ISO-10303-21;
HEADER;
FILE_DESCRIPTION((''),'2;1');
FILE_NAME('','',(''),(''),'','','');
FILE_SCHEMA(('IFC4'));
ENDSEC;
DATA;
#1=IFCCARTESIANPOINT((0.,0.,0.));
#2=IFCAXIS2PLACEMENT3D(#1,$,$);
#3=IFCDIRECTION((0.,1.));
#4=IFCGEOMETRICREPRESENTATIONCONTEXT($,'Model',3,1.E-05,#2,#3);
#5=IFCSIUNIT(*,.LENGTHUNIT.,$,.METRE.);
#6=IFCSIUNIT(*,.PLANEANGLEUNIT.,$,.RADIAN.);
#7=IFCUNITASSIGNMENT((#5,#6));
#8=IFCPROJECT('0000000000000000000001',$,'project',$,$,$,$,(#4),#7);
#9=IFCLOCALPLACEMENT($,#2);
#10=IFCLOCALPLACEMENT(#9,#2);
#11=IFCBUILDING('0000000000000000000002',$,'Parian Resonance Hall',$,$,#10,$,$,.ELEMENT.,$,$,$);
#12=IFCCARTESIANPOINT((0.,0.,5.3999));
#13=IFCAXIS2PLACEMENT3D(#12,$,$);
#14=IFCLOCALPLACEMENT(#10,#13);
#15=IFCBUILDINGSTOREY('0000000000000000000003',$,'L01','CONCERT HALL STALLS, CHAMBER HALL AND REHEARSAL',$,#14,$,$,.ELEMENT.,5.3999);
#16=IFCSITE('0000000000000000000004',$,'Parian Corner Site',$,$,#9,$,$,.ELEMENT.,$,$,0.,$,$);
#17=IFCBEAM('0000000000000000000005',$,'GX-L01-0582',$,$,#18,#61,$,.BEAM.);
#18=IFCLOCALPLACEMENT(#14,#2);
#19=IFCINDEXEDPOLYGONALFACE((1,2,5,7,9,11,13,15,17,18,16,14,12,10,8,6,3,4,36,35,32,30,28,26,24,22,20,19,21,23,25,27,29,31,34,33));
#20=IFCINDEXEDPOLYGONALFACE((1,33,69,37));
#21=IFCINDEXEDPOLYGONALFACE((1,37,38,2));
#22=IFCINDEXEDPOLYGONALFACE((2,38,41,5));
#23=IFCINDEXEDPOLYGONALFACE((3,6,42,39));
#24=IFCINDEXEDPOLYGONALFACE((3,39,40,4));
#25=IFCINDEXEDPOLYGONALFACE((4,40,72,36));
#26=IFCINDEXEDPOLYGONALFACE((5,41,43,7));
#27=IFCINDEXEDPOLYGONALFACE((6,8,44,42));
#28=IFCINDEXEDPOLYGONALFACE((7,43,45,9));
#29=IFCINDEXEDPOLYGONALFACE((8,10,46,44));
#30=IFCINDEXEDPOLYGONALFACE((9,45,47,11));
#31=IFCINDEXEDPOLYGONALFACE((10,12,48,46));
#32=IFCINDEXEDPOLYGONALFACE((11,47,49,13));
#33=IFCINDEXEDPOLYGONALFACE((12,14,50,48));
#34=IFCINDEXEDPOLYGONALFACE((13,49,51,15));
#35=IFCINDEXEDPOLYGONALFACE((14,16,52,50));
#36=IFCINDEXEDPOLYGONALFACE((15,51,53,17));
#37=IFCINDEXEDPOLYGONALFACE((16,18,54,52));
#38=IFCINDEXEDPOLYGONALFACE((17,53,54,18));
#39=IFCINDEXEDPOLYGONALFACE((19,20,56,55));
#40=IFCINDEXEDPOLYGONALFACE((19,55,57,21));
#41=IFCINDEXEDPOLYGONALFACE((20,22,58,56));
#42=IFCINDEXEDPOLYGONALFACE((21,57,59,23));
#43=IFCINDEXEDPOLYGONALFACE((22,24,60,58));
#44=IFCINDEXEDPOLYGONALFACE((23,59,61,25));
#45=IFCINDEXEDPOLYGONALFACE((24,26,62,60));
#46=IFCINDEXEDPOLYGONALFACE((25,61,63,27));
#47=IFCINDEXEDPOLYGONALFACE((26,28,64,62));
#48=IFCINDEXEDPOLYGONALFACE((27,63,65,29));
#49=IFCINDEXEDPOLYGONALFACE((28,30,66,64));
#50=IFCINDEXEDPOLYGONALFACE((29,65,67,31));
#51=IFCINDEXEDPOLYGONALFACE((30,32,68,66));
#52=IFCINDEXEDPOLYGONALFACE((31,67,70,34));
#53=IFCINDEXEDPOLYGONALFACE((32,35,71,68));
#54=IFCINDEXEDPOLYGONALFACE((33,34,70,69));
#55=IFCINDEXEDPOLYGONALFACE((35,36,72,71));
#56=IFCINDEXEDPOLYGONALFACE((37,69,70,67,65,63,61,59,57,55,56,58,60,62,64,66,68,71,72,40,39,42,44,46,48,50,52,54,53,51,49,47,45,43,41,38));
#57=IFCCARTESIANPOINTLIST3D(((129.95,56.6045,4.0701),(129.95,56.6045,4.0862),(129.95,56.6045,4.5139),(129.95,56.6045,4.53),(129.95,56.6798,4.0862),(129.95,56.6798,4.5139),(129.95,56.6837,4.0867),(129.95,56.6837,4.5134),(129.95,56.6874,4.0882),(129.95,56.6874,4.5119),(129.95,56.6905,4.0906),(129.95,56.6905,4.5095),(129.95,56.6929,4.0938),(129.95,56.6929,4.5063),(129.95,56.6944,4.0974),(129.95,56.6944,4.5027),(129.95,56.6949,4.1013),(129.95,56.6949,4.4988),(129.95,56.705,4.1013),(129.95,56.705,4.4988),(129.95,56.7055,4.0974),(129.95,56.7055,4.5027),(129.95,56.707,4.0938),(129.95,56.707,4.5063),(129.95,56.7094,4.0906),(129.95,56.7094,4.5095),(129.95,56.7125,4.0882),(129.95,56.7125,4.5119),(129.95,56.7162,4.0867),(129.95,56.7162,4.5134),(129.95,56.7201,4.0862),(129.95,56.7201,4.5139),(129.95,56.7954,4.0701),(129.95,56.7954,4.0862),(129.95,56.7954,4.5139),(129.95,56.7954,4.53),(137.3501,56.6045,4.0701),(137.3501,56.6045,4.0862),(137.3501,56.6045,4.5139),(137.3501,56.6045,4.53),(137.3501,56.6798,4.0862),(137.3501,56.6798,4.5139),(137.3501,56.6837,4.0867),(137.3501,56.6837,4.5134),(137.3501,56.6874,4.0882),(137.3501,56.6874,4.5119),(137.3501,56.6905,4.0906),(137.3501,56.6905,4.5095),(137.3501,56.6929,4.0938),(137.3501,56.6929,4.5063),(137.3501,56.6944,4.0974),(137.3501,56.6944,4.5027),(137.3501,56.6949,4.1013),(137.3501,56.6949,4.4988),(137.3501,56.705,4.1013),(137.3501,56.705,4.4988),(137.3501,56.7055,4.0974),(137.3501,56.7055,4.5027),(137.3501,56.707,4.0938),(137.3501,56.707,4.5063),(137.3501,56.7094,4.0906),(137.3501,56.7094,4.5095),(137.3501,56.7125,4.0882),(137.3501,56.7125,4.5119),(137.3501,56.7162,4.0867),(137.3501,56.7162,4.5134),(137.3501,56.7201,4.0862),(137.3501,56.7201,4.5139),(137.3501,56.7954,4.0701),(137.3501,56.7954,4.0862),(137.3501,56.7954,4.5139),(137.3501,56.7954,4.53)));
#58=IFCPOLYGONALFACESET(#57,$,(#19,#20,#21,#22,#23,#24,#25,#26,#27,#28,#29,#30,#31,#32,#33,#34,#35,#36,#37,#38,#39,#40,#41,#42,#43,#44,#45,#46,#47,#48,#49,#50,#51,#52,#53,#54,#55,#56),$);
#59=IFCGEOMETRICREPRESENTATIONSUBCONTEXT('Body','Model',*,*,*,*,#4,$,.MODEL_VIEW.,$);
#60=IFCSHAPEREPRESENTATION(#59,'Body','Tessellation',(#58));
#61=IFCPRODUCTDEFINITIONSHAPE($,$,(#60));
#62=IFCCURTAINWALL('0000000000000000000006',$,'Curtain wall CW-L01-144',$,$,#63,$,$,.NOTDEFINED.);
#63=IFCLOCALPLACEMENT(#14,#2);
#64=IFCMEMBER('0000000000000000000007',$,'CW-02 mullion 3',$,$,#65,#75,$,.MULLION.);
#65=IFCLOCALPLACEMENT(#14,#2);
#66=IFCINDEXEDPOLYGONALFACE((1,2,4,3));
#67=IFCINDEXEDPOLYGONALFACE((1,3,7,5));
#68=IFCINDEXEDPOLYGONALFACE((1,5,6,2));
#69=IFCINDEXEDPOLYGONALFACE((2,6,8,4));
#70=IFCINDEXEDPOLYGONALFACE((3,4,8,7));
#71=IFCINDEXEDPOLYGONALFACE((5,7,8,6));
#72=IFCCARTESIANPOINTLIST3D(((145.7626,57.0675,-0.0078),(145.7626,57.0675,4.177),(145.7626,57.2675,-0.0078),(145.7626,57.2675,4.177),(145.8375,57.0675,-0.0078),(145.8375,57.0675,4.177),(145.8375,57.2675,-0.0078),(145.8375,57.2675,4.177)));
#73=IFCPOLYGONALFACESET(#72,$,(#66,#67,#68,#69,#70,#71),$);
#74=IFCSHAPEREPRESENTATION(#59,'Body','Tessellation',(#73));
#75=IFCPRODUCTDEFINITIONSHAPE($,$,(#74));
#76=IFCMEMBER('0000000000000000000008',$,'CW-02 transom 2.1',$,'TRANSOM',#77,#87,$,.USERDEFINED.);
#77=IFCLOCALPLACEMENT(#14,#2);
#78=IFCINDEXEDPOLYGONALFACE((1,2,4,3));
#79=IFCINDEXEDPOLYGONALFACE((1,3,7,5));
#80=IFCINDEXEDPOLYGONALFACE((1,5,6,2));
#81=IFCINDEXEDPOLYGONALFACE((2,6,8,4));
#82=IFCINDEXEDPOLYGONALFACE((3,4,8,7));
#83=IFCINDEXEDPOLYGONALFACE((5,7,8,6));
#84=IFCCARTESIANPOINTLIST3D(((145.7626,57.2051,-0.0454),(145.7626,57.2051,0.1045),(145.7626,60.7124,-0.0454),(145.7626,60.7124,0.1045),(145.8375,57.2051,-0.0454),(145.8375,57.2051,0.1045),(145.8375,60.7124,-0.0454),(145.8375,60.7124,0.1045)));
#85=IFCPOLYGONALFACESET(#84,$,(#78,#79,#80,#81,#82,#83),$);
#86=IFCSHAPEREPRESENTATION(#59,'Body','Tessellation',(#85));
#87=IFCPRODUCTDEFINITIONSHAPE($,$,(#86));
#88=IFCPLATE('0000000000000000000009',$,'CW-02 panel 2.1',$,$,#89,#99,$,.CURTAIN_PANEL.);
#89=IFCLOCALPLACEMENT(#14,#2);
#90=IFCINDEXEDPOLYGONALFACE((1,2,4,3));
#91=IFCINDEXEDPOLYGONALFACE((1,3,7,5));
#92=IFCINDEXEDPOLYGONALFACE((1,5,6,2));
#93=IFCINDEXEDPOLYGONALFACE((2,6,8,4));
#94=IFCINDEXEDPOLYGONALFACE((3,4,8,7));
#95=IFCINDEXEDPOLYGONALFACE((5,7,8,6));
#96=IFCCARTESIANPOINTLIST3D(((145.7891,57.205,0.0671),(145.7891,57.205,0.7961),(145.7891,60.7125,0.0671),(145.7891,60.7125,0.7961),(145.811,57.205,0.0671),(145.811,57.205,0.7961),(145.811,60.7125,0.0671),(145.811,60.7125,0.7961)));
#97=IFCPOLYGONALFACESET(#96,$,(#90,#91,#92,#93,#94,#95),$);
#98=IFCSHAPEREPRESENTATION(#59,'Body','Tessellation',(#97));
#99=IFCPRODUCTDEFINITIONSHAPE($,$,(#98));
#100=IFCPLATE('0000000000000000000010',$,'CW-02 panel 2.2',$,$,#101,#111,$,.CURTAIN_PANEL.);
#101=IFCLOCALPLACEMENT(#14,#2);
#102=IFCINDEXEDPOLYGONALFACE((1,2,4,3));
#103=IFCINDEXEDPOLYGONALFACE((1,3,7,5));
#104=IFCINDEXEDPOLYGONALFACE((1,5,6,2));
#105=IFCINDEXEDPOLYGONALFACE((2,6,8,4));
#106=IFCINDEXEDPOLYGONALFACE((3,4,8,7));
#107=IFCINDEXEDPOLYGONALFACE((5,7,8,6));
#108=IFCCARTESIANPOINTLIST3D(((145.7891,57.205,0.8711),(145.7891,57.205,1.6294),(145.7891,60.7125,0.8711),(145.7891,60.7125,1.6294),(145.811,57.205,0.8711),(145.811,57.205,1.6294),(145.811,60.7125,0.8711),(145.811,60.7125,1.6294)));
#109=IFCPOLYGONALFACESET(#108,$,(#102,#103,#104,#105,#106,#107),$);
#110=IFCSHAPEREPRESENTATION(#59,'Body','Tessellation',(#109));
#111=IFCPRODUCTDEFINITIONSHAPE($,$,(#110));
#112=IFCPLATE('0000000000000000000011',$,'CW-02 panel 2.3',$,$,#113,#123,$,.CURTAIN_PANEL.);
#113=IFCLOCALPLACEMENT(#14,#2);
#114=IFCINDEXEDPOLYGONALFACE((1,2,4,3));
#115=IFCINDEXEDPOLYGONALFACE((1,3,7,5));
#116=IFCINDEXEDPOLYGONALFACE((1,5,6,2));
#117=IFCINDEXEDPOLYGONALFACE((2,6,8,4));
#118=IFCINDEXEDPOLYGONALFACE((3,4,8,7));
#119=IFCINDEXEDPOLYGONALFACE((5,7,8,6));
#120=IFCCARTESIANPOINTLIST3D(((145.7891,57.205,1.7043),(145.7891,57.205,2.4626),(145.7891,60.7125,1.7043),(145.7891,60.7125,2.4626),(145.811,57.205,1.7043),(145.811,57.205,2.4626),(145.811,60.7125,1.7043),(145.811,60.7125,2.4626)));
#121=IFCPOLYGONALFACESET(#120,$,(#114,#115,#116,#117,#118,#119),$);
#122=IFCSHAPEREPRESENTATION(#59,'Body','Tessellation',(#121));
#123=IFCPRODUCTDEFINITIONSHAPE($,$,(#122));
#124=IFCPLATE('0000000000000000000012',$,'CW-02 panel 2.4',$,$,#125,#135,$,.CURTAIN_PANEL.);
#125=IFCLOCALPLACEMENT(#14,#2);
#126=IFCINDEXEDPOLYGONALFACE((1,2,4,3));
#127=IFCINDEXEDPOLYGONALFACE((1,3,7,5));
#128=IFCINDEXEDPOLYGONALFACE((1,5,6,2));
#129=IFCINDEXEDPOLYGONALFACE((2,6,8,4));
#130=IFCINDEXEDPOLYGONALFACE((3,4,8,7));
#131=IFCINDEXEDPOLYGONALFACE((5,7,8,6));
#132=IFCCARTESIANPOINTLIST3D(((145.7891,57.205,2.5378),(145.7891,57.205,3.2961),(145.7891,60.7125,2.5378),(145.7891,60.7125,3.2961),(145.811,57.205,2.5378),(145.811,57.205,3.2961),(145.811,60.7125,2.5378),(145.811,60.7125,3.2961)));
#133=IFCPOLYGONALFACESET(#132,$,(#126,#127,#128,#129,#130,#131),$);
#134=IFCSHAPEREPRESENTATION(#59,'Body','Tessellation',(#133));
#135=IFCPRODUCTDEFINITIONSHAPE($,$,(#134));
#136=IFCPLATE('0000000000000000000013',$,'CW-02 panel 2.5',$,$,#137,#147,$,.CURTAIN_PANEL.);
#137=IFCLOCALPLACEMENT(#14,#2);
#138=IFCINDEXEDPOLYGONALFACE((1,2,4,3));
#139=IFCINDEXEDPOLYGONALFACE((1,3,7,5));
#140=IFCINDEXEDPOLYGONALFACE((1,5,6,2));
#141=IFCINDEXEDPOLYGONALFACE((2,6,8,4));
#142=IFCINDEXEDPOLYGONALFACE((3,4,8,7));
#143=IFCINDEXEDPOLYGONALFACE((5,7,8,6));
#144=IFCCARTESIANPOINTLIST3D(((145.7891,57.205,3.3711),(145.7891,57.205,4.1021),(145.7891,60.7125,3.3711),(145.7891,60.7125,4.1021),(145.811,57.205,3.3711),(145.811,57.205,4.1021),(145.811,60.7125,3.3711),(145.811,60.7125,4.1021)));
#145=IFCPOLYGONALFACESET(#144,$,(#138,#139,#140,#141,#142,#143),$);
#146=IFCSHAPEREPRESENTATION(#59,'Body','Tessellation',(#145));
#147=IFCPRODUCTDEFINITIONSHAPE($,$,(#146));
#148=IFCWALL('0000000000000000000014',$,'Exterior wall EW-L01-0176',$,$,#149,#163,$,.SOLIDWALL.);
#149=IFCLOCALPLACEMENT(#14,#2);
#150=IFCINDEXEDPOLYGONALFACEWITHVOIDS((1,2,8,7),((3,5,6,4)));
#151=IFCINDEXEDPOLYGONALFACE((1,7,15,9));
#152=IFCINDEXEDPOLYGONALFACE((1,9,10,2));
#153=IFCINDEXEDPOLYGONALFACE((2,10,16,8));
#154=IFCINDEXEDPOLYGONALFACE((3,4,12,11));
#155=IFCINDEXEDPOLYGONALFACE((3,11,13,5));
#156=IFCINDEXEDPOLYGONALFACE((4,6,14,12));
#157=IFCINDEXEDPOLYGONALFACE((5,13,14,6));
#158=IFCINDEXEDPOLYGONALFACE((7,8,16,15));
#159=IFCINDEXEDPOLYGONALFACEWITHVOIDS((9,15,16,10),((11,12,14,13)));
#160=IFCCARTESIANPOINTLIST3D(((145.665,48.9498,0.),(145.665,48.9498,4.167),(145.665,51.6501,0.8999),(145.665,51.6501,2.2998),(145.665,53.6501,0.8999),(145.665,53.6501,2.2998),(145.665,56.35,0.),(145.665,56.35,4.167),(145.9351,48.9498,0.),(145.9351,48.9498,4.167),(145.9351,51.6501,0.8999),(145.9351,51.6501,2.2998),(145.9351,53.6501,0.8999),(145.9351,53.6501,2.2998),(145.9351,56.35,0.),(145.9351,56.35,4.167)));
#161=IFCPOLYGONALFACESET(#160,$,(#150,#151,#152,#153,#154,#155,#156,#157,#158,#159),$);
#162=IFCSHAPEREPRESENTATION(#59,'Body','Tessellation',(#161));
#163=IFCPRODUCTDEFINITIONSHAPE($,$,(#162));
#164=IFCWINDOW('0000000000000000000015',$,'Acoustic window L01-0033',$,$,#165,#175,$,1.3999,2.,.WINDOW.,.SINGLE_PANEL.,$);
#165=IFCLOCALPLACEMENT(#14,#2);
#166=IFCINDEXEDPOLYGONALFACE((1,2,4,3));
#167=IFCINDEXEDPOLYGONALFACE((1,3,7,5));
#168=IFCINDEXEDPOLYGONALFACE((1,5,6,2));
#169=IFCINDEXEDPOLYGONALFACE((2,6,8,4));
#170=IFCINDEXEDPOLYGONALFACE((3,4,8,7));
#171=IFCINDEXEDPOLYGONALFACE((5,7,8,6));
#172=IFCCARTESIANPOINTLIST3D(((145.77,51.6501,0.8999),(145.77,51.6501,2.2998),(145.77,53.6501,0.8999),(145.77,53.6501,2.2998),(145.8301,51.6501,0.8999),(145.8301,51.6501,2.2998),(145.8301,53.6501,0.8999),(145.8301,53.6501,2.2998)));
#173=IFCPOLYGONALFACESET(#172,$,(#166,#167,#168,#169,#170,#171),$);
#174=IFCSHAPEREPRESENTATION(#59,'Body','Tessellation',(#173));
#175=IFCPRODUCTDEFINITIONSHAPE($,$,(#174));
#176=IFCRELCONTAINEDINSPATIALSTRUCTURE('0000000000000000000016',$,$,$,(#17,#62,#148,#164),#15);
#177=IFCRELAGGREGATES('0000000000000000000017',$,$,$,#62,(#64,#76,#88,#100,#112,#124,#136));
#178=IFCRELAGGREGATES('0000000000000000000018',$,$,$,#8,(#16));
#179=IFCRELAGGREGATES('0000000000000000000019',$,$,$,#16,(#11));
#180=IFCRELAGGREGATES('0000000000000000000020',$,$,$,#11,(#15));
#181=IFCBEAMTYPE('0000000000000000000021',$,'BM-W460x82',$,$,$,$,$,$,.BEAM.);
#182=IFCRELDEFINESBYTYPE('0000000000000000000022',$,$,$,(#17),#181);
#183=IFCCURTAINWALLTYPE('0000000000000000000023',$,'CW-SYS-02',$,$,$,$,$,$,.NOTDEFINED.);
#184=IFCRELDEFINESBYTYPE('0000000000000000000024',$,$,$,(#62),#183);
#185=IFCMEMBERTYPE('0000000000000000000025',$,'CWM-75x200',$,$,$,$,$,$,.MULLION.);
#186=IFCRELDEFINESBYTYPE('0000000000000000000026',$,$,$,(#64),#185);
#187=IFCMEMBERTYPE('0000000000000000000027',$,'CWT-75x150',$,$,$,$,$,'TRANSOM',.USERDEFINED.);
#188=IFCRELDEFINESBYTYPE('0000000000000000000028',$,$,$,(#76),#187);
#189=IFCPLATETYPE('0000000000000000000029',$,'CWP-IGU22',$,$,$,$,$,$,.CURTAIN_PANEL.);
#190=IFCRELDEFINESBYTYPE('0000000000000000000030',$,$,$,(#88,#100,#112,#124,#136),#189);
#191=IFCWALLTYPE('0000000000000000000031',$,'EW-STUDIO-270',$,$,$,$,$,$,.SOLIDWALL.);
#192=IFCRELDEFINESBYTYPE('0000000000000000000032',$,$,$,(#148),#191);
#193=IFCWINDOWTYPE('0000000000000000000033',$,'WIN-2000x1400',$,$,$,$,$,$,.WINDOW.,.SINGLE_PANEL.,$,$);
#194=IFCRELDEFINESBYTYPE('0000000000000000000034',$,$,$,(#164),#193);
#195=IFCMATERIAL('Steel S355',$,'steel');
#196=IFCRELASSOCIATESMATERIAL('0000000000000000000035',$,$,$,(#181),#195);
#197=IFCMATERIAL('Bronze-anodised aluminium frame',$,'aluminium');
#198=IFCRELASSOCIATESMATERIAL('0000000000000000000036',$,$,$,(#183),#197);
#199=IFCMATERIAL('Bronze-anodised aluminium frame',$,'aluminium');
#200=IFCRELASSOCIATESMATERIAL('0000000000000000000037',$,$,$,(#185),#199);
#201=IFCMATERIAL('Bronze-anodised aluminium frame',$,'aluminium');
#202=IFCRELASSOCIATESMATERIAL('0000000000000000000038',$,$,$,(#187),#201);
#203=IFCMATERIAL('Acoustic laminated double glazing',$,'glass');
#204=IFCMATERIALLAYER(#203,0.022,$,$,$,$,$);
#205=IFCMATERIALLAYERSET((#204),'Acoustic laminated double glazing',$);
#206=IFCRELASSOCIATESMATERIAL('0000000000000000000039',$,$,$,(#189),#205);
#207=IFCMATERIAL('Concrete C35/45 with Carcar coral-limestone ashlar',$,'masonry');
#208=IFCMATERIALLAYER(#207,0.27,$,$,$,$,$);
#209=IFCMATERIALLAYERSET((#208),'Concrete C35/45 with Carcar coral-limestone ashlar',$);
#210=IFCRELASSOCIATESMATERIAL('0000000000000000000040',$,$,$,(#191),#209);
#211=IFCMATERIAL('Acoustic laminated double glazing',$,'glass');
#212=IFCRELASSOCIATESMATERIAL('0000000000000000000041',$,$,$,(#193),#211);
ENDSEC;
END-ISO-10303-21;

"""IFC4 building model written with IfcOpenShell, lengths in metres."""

from ifc_helpers import new_model, si_unit, direction, frame, frame_2d, origin, origin_2d, place, context, subcontext, project, spatial, rectangle, i_section, extrude, material, layer, layer_set, material_profile, profile_set, type_object, element, fill, aggregate, save


model = new_model("IFC4")

# Units and contexts
model_context = context("Model", 3, precision=1e-05, world=origin(), true_north=direction((0.0, 1.0)))
body_context = subcontext(model_context, "Body", "Model", "MODEL_VIEW")
ifc_project = project(units=[si_unit("LENGTHUNIT", "METRE"), si_unit("PLANEANGLEUNIT", "RADIAN")], contexts=[model_context])

# Site, building, storey
site_placement = place(None, origin())
site = spatial("IfcSite", under=ifc_project, at=site_placement, Name="Parian Corner Site", CompositionType="ELEMENT", RefElevation=0.0)
building_placement = place(site_placement, origin())
building = spatial("IfcBuilding", under=site, at=building_placement, Name="Parian Resonance Hall", CompositionType="ELEMENT")
storey_placement = place(building_placement, frame((0.0, 0.0, 5.3999)))
storey = spatial("IfcBuildingStorey", under=building, at=storey_placement, Name="L01", Description="CONCERT HALL STALLS, CHAMBER HALL AND REHEARSAL", CompositionType="ELEMENT", Elevation=5.3999)

# Beam
ifc_material_1 = material(Name="Steel S355", Category="steel")
ifc_material_profile_1 = material_profile(ifc_material_1, i_section(OverallWidth=0.1909, OverallDepth=0.46, WebThickness=0.01, FlangeThickness=0.0161, FilletRadius=0.0151, at=origin_2d()), Name="W460x82")
ifc_profile_set_1 = profile_set([ifc_material_profile_1], Name="Steel S355")
beam_type_1 = type_object("IfcBeamType", Name="BM-W460x82", PredefinedType="BEAM", material=ifc_profile_set_1)
beam_1_placement = place(storey_placement, frame((129.95, 56.7, 4.3), z_axis=(1.0, 0.0, 0.0), x_axis=(0.0, 1.0, 0.0)))
element("IfcBeam", 1, at=beam_1_placement, inside=storey, type_object=beam_type_1, Name="GX-L01-0582", PredefinedType="BEAM", context=body_context, shape_type="SweptSolid", body=[
    extrude(i_section(OverallWidth=0.1909, OverallDepth=0.46, WebThickness=0.01, FlangeThickness=0.0161, FilletRadius=0.0151, at=origin_2d()), origin(), (0.0, 0.0, 1.0), 7.4001),
])

# Curtain wall, members, plates
ifc_material_2 = material(Name="Bronze-anodised aluminium frame", Category="aluminium")
curtain_wall_type = type_object("IfcCurtainWallType", Name="CW-SYS-02", PredefinedType="NOTDEFINED", material=ifc_material_2)
curtain_wall_placement = place(storey_placement, origin())
curtain_wall = element("IfcCurtainWall", 2, at=curtain_wall_placement, inside=storey, type_object=curtain_wall_type, Name="Curtain wall CW-L01-144", PredefinedType="NOTDEFINED")
ifc_material_3 = material(Name="Bronze-anodised aluminium frame", Category="aluminium")
ifc_material_profile_2 = material_profile(ifc_material_3, rectangle(XDim=0.075, YDim=0.2, at=origin_2d()), Name="CWM-75x200")
ifc_profile_set_2 = profile_set([ifc_material_profile_2], Name="Bronze-anodised aluminium frame")
member_type_1 = type_object("IfcMemberType", Name="CWM-75x200", PredefinedType="MULLION", material=ifc_profile_set_2)
member_1_placement = place(storey_placement, frame((145.8, 57.1675, -0.0078), z_axis=(0.0, 0.0, 1.0), x_axis=(1.0, 0.0, 0.0)))
member_1 = element("IfcMember", 3, at=member_1_placement, type_object=member_type_1, Name="CW-02 mullion 3", PredefinedType="MULLION", context=body_context, shape_type="SweptSolid", body=[
    extrude(rectangle(XDim=0.075, YDim=0.2, at=origin_2d()), origin(), (0.0, 0.0, 1.0), 4.1848),
])
ifc_material_4 = material(Name="Bronze-anodised aluminium frame", Category="aluminium")
ifc_material_profile_3 = material_profile(ifc_material_4, rectangle(XDim=0.075, YDim=0.1499, at=origin_2d()), Name="CWT-75x150")
ifc_profile_set_3 = profile_set([ifc_material_profile_3], Name="Bronze-anodised aluminium frame")
member_type_2 = type_object("IfcMemberType", Name="CWT-75x150", ElementType="TRANSOM", PredefinedType="USERDEFINED", material=ifc_profile_set_3)
member_2_placement = place(storey_placement, frame((145.8, 60.7124, 0.0295), z_axis=(0.0, -1.0, 0.0), x_axis=(1.0, 0.0, 0.0)))
member_2 = element("IfcMember", 4, at=member_2_placement, type_object=member_type_2, Name="CW-02 transom 2.1", ObjectType="TRANSOM", PredefinedType="USERDEFINED", context=body_context, shape_type="SweptSolid", body=[
    extrude(rectangle(XDim=0.075, YDim=0.1499, at=origin_2d()), origin(), (0.0, 0.0, 1.0), 3.5073),
])
ifc_material_5 = material(Name="Acoustic laminated double glazing", Category="glass")
ifc_layer_1 = layer(ifc_material_5, 0.022)
ifc_layer_set_1 = layer_set([ifc_layer_1], Name="Acoustic laminated double glazing")
plate_type = type_object("IfcPlateType", Name="CWP-IGU22", PredefinedType="CURTAIN_PANEL", material=ifc_layer_set_1)
plate_1_placement = place(storey_placement, frame((145.8, 58.9587, 0.0671), z_axis=(0.0, 0.0, 1.0), x_axis=(0.0, -1.0, 0.0)))
plate_1 = element("IfcPlate", 5, at=plate_1_placement, type_object=plate_type, Name="CW-02 panel 2.1", PredefinedType="CURTAIN_PANEL", context=body_context, shape_type="SweptSolid", body=[
    extrude(rectangle(XDim=3.5076, YDim=0.022, at=origin_2d()), origin(), (0.0, 0.0, 1.0), 0.729),
])
plate_2_placement = place(storey_placement, frame((145.8, 58.9587, 0.8711), z_axis=(0.0, 0.0, 1.0), x_axis=(0.0, -1.0, 0.0)))
plate_2 = element("IfcPlate", 6, at=plate_2_placement, type_object=plate_type, Name="CW-02 panel 2.2", PredefinedType="CURTAIN_PANEL", context=body_context, shape_type="SweptSolid", body=[
    extrude(rectangle(XDim=3.5076, YDim=0.022, at=origin_2d()), origin(), (0.0, 0.0, 1.0), 0.7583),
])
plate_3_placement = place(storey_placement, frame((145.8, 58.9587, 1.7043), z_axis=(0.0, 0.0, 1.0), x_axis=(0.0, -1.0, 0.0)))
plate_3 = element("IfcPlate", 7, at=plate_3_placement, type_object=plate_type, Name="CW-02 panel 2.3", PredefinedType="CURTAIN_PANEL", context=body_context, shape_type="SweptSolid", body=[
    extrude(rectangle(XDim=3.5076, YDim=0.022, at=origin_2d()), origin(), (0.0, 0.0, 1.0), 0.7583),
])
plate_4_placement = place(storey_placement, frame((145.8, 58.9587, 2.5378), z_axis=(0.0, 0.0, 1.0), x_axis=(0.0, -1.0, 0.0)))
plate_4 = element("IfcPlate", 8, at=plate_4_placement, type_object=plate_type, Name="CW-02 panel 2.4", PredefinedType="CURTAIN_PANEL", context=body_context, shape_type="SweptSolid", body=[
    extrude(rectangle(XDim=3.5076, YDim=0.022, at=origin_2d()), origin(), (0.0, 0.0, 1.0), 0.7583),
])
plate_5_placement = place(storey_placement, frame((145.8, 58.9587, 3.3711), z_axis=(0.0, 0.0, 1.0), x_axis=(0.0, -1.0, 0.0)))
plate_5 = element("IfcPlate", 9, at=plate_5_placement, type_object=plate_type, Name="CW-02 panel 2.5", PredefinedType="CURTAIN_PANEL", context=body_context, shape_type="SweptSolid", body=[
    extrude(rectangle(XDim=3.5076, YDim=0.022, at=origin_2d()), origin(), (0.0, 0.0, 1.0), 0.731),
])
aggregate(curtain_wall, [member_1, member_2, plate_1, plate_2, plate_3, plate_4, plate_5])

# Wall, opening, window
ifc_material_6 = material(Name="Concrete C35/45 with Carcar coral-limestone ashlar", Category="masonry")
ifc_layer_2 = layer(ifc_material_6, 0.27)
ifc_layer_set_2 = layer_set([ifc_layer_2], Name="Concrete C35/45 with Carcar coral-limestone ashlar")
wall_type_1 = type_object("IfcWallType", Name="EW-STUDIO-270", PredefinedType="SOLIDWALL", material=ifc_layer_set_2)
wall_1_placement = place(storey_placement, frame((145.8, 56.3501, 0.0), z_axis=(0.0, 0.0, 1.0), x_axis=(0.0, -1.0, 0.0)))
wall_1 = element("IfcWall", 10, at=wall_1_placement, inside=storey, type_object=wall_type_1, Name="Exterior wall EW-L01-0176", PredefinedType="SOLIDWALL", context=body_context, shape_type="SweptSolid", body=[
    extrude(rectangle(XDim=7.4001, YDim=0.27, at=frame_2d((3.7002, 0.0))), origin(), (0.0, 0.0, 1.0), 4.167),
])
opening_1_placement = place(wall_1_placement, frame((2.7, 0.0, 0.8999)))
opening_1 = element("IfcOpeningElement", 11, at=opening_1_placement, cuts=wall_1, PredefinedType="OPENING", context=body_context, shape_type="SweptSolid", body=[
    extrude(rectangle(XDim=2.0, YDim=1.3999, at=frame_2d((1.0, 0.7))), frame((0.0, 0.145, 0.0), z_axis=(0.0, -1.0, 0.0), x_axis=(1.0, 0.0, 0.0)), (0.0, 0.0, 1.0), 0.29),
])
ifc_material_7 = material(Name="Acoustic laminated double glazing", Category="glass")
window_type = type_object("IfcWindowType", Name="WIN-2000x1400", PartitioningType="SINGLE_PANEL", PredefinedType="WINDOW", material=ifc_material_7)
window_placement = place(opening_1_placement, origin())
window = element("IfcWindow", 12, at=window_placement, inside=storey, type_object=window_type, Name="Acoustic window L01-0033", OverallHeight=1.3999, OverallWidth=2.0, PartitioningType="SINGLE_PANEL", PredefinedType="WINDOW", context=body_context, shape_type="SweptSolid", body=[
    extrude(rectangle(XDim=2.0, YDim=1.3999, at=frame_2d((1.0, 0.7))), frame((0.0, 0.03, 0.0), z_axis=(0.0, -1.0, 0.0), x_axis=(1.0, 0.0, 0.0)), (0.0, 0.0, 1.0), 0.0601),
])
fill(opening_1, window)

save(model, "model.ifc")
